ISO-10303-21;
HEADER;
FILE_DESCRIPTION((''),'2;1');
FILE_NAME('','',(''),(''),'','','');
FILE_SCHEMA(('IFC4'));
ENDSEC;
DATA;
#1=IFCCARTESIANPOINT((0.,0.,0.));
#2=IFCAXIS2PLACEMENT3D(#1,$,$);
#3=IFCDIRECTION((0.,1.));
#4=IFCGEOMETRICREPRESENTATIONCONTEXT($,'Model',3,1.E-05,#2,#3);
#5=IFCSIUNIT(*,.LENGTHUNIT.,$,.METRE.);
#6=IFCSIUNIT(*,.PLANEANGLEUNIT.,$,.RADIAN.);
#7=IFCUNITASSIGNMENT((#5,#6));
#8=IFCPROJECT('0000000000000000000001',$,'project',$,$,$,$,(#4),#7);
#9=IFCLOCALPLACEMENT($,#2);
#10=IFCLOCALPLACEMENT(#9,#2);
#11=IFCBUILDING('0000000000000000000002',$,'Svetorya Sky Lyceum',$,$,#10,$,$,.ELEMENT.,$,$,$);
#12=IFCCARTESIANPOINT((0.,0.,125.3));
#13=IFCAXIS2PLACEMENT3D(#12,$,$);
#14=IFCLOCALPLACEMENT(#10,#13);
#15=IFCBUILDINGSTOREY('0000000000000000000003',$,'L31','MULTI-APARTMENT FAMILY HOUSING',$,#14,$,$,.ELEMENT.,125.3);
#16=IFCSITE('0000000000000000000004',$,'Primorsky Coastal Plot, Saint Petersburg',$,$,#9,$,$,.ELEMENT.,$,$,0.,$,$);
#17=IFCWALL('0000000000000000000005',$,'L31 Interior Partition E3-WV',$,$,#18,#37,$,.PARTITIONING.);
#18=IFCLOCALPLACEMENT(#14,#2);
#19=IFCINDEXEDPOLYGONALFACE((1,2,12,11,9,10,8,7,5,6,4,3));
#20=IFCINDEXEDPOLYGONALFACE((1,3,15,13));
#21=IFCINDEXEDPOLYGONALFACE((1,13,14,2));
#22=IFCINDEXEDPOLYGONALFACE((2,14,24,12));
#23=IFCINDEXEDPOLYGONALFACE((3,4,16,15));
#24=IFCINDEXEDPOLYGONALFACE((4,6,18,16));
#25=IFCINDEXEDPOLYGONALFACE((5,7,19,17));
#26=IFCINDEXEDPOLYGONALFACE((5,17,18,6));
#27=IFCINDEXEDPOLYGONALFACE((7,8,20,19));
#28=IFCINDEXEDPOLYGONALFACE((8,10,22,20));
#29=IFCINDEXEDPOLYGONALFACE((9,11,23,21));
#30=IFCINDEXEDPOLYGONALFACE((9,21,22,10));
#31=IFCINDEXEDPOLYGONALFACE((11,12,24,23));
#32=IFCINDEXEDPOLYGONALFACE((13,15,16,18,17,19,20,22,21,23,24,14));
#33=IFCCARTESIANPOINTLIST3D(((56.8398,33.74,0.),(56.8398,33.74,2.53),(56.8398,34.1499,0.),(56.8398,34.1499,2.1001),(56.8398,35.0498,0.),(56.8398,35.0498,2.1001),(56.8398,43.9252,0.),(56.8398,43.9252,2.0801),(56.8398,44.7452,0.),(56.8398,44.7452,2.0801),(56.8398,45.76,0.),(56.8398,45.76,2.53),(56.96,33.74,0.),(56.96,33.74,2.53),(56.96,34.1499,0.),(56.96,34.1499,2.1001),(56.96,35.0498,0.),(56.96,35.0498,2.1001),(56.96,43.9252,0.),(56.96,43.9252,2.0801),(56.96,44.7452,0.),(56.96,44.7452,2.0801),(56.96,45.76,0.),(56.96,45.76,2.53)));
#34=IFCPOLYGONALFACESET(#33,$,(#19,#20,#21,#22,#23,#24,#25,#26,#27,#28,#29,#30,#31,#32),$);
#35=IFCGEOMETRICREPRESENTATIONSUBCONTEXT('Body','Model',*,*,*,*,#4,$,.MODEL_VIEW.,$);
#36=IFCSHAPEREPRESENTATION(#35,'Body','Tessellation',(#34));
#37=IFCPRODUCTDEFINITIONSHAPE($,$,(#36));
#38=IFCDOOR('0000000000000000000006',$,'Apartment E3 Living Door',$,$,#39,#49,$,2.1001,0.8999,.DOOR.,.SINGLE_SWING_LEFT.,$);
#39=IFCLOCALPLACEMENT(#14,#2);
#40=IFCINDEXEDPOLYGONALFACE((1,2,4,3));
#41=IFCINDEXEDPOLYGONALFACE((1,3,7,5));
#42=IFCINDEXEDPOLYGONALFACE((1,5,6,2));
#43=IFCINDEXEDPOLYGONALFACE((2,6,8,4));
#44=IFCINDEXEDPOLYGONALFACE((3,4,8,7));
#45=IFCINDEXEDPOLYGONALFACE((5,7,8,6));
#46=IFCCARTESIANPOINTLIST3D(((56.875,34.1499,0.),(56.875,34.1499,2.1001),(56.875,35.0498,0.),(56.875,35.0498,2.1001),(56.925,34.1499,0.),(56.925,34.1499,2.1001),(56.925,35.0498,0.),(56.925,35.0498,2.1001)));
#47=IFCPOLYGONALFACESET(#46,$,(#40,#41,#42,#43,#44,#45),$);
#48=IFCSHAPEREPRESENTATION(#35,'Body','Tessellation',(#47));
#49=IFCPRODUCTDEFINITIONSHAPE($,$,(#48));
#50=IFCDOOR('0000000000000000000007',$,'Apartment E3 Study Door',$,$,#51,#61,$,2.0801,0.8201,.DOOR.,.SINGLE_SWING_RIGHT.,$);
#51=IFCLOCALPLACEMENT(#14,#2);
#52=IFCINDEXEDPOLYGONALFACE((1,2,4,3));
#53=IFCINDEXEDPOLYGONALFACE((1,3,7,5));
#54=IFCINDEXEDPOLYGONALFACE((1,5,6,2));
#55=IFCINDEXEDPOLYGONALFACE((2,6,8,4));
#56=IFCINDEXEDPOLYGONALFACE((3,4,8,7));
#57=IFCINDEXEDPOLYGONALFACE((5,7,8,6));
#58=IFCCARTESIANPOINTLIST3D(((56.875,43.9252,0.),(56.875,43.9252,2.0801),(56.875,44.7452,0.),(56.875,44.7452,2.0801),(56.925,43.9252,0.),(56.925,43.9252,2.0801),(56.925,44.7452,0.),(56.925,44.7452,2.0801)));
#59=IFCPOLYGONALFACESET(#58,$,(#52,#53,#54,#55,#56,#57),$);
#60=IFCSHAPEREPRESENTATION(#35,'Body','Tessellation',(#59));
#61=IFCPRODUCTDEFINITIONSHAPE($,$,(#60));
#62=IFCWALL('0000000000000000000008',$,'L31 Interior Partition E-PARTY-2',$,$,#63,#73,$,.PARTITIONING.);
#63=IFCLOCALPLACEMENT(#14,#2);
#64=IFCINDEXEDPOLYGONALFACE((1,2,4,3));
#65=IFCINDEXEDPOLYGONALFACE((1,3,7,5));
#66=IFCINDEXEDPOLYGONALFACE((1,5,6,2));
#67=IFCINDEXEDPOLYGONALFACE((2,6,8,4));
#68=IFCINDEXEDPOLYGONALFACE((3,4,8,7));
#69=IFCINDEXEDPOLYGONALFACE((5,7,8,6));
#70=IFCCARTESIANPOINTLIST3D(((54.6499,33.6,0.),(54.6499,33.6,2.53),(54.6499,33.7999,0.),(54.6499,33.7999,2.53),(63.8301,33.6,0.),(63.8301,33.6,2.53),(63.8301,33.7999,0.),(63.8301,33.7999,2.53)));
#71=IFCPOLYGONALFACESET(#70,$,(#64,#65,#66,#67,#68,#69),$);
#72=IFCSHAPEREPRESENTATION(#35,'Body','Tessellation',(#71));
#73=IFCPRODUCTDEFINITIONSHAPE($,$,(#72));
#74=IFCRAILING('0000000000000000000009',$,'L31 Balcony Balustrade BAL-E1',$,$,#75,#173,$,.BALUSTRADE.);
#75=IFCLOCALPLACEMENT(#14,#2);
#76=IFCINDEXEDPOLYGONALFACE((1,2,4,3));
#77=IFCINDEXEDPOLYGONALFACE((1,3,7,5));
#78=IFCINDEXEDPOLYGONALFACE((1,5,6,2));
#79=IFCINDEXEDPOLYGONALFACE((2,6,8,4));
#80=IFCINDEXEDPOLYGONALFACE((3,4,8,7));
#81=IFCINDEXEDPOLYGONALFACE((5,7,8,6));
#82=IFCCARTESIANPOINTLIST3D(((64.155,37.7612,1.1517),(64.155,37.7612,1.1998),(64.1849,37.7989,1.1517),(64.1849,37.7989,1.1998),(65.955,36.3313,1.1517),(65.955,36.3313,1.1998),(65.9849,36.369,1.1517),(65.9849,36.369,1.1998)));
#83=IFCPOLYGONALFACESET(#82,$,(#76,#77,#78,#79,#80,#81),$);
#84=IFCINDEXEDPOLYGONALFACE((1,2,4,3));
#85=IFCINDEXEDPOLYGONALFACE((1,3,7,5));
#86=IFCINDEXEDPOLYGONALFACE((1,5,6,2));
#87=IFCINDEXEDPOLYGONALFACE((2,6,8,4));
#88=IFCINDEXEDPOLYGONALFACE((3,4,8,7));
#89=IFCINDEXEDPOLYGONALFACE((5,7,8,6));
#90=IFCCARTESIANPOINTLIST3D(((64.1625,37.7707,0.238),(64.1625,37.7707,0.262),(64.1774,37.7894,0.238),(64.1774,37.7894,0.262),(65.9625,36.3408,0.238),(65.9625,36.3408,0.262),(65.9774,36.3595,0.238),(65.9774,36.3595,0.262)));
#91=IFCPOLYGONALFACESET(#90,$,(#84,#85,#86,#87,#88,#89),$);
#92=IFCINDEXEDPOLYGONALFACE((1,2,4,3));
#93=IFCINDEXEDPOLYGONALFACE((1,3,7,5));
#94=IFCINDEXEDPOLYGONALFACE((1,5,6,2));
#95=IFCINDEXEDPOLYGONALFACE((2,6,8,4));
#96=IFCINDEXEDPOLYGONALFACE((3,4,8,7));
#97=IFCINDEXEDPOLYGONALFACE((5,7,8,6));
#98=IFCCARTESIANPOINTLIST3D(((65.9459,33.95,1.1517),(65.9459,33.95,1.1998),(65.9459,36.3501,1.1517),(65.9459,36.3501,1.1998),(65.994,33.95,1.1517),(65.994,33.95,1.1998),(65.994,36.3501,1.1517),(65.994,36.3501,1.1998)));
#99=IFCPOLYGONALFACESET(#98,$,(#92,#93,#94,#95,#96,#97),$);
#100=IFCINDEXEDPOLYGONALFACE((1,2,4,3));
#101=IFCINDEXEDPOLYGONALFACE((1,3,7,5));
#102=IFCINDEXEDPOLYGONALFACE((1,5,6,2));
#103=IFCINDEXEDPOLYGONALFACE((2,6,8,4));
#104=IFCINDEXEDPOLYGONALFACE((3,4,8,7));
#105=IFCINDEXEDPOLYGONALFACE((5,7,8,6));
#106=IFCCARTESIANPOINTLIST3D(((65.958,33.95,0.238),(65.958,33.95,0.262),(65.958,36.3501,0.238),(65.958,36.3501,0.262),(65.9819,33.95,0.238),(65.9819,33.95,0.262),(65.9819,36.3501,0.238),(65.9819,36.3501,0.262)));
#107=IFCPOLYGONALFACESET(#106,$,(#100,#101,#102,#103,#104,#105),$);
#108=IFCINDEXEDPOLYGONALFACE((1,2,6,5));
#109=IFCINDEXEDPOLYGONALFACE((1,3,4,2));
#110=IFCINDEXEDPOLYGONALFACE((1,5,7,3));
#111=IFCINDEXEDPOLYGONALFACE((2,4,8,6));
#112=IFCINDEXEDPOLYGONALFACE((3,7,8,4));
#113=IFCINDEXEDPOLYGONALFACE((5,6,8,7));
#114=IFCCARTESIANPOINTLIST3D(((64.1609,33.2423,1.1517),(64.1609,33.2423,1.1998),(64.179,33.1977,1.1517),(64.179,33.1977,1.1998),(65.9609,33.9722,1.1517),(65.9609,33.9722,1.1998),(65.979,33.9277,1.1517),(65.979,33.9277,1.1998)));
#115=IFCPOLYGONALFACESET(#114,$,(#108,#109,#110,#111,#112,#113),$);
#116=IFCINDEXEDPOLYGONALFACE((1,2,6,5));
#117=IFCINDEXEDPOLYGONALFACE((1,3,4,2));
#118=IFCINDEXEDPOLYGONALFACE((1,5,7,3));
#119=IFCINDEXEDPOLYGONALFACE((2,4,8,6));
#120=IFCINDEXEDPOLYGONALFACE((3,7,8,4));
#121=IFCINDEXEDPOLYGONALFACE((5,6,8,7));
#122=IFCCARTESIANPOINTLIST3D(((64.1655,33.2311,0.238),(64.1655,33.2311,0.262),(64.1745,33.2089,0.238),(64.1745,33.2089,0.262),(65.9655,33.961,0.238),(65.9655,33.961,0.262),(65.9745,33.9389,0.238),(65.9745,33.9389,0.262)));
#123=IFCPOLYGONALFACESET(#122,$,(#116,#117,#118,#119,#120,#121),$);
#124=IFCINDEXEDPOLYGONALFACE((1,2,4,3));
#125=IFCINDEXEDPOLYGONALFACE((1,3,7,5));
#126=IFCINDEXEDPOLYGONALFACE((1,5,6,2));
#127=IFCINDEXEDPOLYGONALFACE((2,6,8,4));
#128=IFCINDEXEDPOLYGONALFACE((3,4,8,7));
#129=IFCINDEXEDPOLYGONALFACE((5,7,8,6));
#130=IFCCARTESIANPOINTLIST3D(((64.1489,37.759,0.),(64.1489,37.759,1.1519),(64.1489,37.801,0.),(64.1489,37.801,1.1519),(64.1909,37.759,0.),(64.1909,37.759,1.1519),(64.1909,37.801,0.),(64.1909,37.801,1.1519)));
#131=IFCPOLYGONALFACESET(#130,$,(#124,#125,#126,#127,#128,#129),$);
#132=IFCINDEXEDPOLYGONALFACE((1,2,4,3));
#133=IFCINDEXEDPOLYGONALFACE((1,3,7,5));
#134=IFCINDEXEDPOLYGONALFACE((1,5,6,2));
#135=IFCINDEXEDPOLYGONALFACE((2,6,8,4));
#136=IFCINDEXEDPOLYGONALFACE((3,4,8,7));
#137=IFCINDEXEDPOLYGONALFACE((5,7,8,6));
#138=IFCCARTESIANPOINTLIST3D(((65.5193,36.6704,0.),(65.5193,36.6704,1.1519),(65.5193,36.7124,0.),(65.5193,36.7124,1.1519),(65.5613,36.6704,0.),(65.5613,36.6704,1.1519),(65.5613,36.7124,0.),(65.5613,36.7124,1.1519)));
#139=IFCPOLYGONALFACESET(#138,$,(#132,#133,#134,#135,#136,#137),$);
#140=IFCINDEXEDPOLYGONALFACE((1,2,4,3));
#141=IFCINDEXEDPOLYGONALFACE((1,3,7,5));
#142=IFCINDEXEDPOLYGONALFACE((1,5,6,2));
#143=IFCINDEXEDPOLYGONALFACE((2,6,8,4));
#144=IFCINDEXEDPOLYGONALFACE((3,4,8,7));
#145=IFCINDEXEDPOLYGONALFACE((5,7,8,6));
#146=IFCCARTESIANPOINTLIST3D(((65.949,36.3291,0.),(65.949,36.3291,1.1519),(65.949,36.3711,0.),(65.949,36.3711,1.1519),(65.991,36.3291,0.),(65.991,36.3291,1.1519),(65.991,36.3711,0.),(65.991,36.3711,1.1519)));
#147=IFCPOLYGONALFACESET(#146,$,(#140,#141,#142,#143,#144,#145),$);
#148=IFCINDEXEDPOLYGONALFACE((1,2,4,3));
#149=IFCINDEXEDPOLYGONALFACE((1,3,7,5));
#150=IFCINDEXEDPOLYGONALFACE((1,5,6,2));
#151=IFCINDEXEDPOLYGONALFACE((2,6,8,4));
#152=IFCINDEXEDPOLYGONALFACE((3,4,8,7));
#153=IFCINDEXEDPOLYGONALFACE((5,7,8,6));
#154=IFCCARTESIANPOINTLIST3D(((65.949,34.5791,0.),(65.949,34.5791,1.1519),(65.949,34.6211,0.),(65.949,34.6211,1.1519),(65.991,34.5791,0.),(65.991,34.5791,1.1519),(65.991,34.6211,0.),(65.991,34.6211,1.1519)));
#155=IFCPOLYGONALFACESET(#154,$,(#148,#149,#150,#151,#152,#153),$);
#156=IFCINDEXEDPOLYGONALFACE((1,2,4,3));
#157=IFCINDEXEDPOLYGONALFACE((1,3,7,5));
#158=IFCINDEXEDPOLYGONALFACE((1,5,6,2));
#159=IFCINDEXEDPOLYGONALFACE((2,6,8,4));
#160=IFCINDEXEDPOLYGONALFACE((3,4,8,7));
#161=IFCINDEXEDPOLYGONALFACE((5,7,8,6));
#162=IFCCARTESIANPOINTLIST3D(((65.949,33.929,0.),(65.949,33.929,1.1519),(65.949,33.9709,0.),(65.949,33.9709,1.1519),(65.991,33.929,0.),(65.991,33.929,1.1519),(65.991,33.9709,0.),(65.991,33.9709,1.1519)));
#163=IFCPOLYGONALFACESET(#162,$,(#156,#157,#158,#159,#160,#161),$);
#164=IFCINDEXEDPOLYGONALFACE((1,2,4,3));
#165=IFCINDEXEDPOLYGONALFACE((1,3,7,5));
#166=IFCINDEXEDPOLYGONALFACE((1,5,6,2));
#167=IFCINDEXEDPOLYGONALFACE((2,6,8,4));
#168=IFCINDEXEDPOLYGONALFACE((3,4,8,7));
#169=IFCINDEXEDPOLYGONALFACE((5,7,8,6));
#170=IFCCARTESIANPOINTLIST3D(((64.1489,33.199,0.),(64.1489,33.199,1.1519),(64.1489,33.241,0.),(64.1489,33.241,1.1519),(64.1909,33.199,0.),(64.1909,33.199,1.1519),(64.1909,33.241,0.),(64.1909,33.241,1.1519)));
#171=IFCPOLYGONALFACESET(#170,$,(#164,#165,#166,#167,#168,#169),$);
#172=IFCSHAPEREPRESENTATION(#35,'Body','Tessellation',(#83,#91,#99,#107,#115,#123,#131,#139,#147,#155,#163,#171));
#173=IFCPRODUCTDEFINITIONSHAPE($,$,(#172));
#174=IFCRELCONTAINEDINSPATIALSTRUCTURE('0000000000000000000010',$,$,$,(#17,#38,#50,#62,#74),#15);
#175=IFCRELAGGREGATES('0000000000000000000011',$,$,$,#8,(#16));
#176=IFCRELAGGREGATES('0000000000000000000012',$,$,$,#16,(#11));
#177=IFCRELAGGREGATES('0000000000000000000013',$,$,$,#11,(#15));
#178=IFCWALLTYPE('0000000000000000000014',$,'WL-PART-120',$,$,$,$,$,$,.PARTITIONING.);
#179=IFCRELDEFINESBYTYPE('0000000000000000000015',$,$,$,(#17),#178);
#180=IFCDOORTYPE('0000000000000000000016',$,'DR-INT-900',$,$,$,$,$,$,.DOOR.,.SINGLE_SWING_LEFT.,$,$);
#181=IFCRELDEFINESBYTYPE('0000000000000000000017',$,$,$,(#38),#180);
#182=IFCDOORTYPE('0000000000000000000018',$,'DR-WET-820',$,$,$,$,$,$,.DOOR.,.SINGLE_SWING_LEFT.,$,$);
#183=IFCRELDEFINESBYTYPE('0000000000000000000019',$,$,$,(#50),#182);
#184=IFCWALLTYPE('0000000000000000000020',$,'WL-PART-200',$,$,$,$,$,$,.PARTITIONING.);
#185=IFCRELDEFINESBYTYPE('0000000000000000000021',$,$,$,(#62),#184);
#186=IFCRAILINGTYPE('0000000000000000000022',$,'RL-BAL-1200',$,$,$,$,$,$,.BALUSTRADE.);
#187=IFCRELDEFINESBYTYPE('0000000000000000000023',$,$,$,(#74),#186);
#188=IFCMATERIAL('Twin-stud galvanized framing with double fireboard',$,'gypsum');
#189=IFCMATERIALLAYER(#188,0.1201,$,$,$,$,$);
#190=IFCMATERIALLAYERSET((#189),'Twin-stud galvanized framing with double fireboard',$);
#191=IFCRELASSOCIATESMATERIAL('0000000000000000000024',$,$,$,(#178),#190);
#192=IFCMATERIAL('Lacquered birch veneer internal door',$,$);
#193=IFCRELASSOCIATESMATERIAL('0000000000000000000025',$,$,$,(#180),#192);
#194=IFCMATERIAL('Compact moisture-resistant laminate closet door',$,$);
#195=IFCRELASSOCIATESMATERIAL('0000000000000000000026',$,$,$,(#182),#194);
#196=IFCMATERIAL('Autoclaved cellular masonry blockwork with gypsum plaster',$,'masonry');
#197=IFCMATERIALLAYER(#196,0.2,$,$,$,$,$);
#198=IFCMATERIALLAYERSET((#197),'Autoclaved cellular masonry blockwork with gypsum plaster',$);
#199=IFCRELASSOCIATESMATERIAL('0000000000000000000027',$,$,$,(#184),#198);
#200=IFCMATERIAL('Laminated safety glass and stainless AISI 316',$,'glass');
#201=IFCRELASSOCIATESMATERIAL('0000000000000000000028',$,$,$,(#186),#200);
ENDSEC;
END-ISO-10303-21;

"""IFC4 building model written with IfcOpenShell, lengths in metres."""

from ifc_helpers import new_model, si_unit, direction, frame, frame_2d, origin, origin_2d, place, context, subcontext, project, spatial, rectangle, extrude, material, layer, layer_set, type_object, element, fill, save


model = new_model("IFC4")

# Units and contexts
model_context = context("Model", 3, precision=1e-05, world=origin(), true_north=direction((0.0, 1.0)))
body_context = subcontext(model_context, "Body", "Model", "MODEL_VIEW")
ifc_project = project(units=[si_unit("LENGTHUNIT", "METRE"), si_unit("PLANEANGLEUNIT", "RADIAN")], contexts=[model_context])

# Site, building, storey
site_placement = place(None, origin())
site = spatial("IfcSite", under=ifc_project, at=site_placement, Name="Primorsky Coastal Plot, Saint Petersburg", CompositionType="ELEMENT", RefElevation=0.0)
building_placement = place(site_placement, origin())
building = spatial("IfcBuilding", under=site, at=building_placement, Name="Svetorya Sky Lyceum", CompositionType="ELEMENT")
storey_placement = place(building_placement, frame((0.0, 0.0, 125.3)))
storey = spatial("IfcBuildingStorey", under=building, at=storey_placement, Name="L31", Description="MULTI-APARTMENT FAMILY HOUSING", CompositionType="ELEMENT", Elevation=125.3)

# Shared definitions
ifc_material_1 = material(Name="Twin-stud galvanized framing with double fireboard", Category="gypsum")
ifc_layer_1 = layer(ifc_material_1, 0.1201)
ifc_layer_set_1 = layer_set([ifc_layer_1], Name="Twin-stud galvanized framing with double fireboard")
wall_type_1 = type_object("IfcWallType", Name="WL-PART-120", PredefinedType="PARTITIONING", material=ifc_layer_set_1)
ifc_material_2 = material(Name="Lacquered birch veneer internal door")
door_type_1 = type_object("IfcDoorType", Name="DR-INT-900", OperationType="SINGLE_SWING_LEFT", PredefinedType="DOOR", material=ifc_material_2)

# Wall, openings, doors
wall_1_placement = place(storey_placement, frame((56.8999, 33.74, 0.0), z_axis=(0.0, 0.0, 1.0), x_axis=(0.0, 1.0, 0.0)))
wall_1 = element("IfcWall", 1, at=wall_1_placement, inside=storey, type_object=wall_type_1, Name="L31 Interior Partition E3-WV", PredefinedType="PARTITIONING", context=body_context, shape_type="SweptSolid", body=[
    extrude(rectangle(XDim=12.02, YDim=0.1201, at=frame_2d((6.01, 0.0))), origin(), (0.0, 0.0, 1.0), 2.53),
])
opening_1_placement = place(wall_1_placement, frame((0.4099, 0.0, 0.0)))
opening_1 = element("IfcOpeningElement", 2, at=opening_1_placement, cuts=wall_1, PredefinedType="OPENING", context=body_context, shape_type="SweptSolid", body=[
    extrude(rectangle(XDim=0.8999, YDim=2.1001, at=frame_2d((0.45, 1.05))), frame((0.0, 0.0701, 0.0), z_axis=(0.0, -1.0, 0.0), x_axis=(1.0, 0.0, 0.0)), (0.0, 0.0, 1.0), 0.1401),
])
opening_2_placement = place(wall_1_placement, frame((10.1851, 0.0, 0.0)))
opening_2 = element("IfcOpeningElement", 3, at=opening_2_placement, cuts=wall_1, PredefinedType="OPENING", context=body_context, shape_type="SweptSolid", body=[
    extrude(rectangle(XDim=0.8201, YDim=2.0801, at=frame_2d((0.4102, 1.04))), frame((0.0, 0.0701, 0.0), z_axis=(0.0, -1.0, 0.0), x_axis=(1.0, 0.0, 0.0)), (0.0, 0.0, 1.0), 0.1401),
])
door_1_placement = place(opening_1_placement, origin())
door_1 = element("IfcDoor", 4, at=door_1_placement, inside=storey, type_object=door_type_1, Name="Apartment E3 Living Door", OperationType="SINGLE_SWING_LEFT", OverallHeight=2.1001, OverallWidth=0.8999, PredefinedType="DOOR", context=body_context, shape_type="SweptSolid", body=[
    extrude(rectangle(XDim=0.8999, YDim=2.1001, at=frame_2d((0.45, 1.05))), frame((0.0, 0.0249, 0.0), z_axis=(0.0, -1.0, 0.0), x_axis=(1.0, 0.0, 0.0)), (0.0, 0.0, 1.0), 0.05),
])
fill(opening_1, door_1)
ifc_material_3 = material(Name="Compact moisture-resistant laminate closet door")
door_type_2 = type_object("IfcDoorType", Name="DR-WET-820", OperationType="SINGLE_SWING_LEFT", PredefinedType="DOOR", material=ifc_material_3)
door_2_placement = place(opening_2_placement, origin())
door_2 = element("IfcDoor", 5, at=door_2_placement, inside=storey, type_object=door_type_2, Name="Apartment E3 Study Door", OperationType="SINGLE_SWING_RIGHT", OverallHeight=2.0801, OverallWidth=0.8201, PredefinedType="DOOR", context=body_context, shape_type="SweptSolid", body=[
    extrude(rectangle(XDim=0.8201, YDim=2.0801, at=frame_2d((0.4102, 1.04))), frame((0.0, 0.0249, 0.0), z_axis=(0.0, -1.0, 0.0), x_axis=(1.0, 0.0, 0.0)), (0.0, 0.0, 1.0), 0.05),
])
fill(opening_2, door_2)

# Wall
ifc_material_4 = material(Name="Autoclaved cellular masonry blockwork with gypsum plaster", Category="masonry")
ifc_layer_2 = layer(ifc_material_4, 0.2)
ifc_layer_set_2 = layer_set([ifc_layer_2], Name="Autoclaved cellular masonry blockwork with gypsum plaster")
wall_type_2 = type_object("IfcWallType", Name="WL-PART-200", PredefinedType="PARTITIONING", material=ifc_layer_set_2)
wall_2_placement = place(storey_placement, frame((54.6499, 33.7, 0.0), z_axis=(0.0, 0.0, 1.0), x_axis=(1.0, 0.0, 0.0)))
element("IfcWall", 6, at=wall_2_placement, inside=storey, type_object=wall_type_2, Name="L31 Interior Partition E-PARTY-2", PredefinedType="PARTITIONING", context=body_context, shape_type="SweptSolid", body=[
    extrude(rectangle(XDim=9.1802, YDim=0.2, at=frame_2d((4.5901, 0.0))), origin(), (0.0, 0.0, 1.0), 2.53),
])

# Railing
ifc_material_5 = material(Name="Laminated safety glass and stainless AISI 316", Category="glass")
railing_type = type_object("IfcRailingType", Name="RL-BAL-1200", PredefinedType="BALUSTRADE", material=ifc_material_5)
railing_placement = place(storey_placement, frame((64.1699, 37.78, 0.0)))
element("IfcRailing", 7, at=railing_placement, inside=storey, type_object=railing_type, Name="L31 Balcony Balustrade BAL-E1", PredefinedType="BALUSTRADE", context=body_context, shape_type="SweptSolid", body=[
    extrude(rectangle(XDim=0.0481, YDim=0.0481, at=origin_2d()), frame((0.0, 0.0, 1.1758), z_axis=(0.783009, -0.62201, 0.0), x_axis=(0.62201, 0.783009, 0.0)), (0.0, 0.0, 1.0), 2.2988),
    extrude(rectangle(XDim=0.0239, YDim=0.0239, at=origin_2d()), frame((0.0, 0.0, 0.25), z_axis=(0.783009, -0.62201, 0.0), x_axis=(0.62201, 0.783009, 0.0)), (0.0, 0.0, 1.0), 2.2988),
    extrude(rectangle(XDim=0.0481, YDim=0.0481, at=origin_2d()), frame((1.8, -1.4299, 1.1758), z_axis=(0.0, -1.0, 0.0), x_axis=(1.0, 0.0, 0.0)), (0.0, 0.0, 1.0), 2.4001),
    extrude(rectangle(XDim=0.0239, YDim=0.0239, at=origin_2d()), frame((1.8, -1.4299, 0.25), z_axis=(0.0, -1.0, 0.0), x_axis=(1.0, 0.0, 0.0)), (0.0, 0.0, 1.0), 2.4001),
    extrude(rectangle(XDim=0.0481, YDim=0.0481, at=origin_2d()), frame((1.8, -3.8301, 1.1758), z_axis=(-0.926698, -0.375807, 0.0), x_axis=(0.375807, -0.926698, 0.0)), (0.0, 0.0, 1.0), 1.9424),
    extrude(rectangle(XDim=0.0239, YDim=0.0239, at=origin_2d()), frame((1.8, -3.8301, 0.25), z_axis=(-0.926698, -0.375807, 0.0), x_axis=(0.375807, -0.926698, 0.0)), (0.0, 0.0, 1.0), 1.9424),
    extrude(rectangle(XDim=0.042, YDim=0.042, at=origin_2d()), origin(), (0.0, 0.0, 1.0), 1.1519),
    extrude(rectangle(XDim=0.042, YDim=0.042, at=origin_2d()), frame((1.3704, -1.0886, 0.0)), (0.0, 0.0, 1.0), 1.1519),
    extrude(rectangle(XDim=0.042, YDim=0.042, at=origin_2d()), frame((1.8, -1.4299, 0.0)), (0.0, 0.0, 1.0), 1.1519),
    extrude(rectangle(XDim=0.042, YDim=0.042, at=origin_2d()), frame((1.8, -3.1799, 0.0)), (0.0, 0.0, 1.0), 1.1519),
    extrude(rectangle(XDim=0.042, YDim=0.042, at=origin_2d()), frame((1.8, -3.8301, 0.0)), (0.0, 0.0, 1.0), 1.1519),
    extrude(rectangle(XDim=0.042, YDim=0.042, at=origin_2d()), frame((0.0, -4.5601, 0.0)), (0.0, 0.0, 1.0), 1.1519),
])

save(model, "model.ifc")
